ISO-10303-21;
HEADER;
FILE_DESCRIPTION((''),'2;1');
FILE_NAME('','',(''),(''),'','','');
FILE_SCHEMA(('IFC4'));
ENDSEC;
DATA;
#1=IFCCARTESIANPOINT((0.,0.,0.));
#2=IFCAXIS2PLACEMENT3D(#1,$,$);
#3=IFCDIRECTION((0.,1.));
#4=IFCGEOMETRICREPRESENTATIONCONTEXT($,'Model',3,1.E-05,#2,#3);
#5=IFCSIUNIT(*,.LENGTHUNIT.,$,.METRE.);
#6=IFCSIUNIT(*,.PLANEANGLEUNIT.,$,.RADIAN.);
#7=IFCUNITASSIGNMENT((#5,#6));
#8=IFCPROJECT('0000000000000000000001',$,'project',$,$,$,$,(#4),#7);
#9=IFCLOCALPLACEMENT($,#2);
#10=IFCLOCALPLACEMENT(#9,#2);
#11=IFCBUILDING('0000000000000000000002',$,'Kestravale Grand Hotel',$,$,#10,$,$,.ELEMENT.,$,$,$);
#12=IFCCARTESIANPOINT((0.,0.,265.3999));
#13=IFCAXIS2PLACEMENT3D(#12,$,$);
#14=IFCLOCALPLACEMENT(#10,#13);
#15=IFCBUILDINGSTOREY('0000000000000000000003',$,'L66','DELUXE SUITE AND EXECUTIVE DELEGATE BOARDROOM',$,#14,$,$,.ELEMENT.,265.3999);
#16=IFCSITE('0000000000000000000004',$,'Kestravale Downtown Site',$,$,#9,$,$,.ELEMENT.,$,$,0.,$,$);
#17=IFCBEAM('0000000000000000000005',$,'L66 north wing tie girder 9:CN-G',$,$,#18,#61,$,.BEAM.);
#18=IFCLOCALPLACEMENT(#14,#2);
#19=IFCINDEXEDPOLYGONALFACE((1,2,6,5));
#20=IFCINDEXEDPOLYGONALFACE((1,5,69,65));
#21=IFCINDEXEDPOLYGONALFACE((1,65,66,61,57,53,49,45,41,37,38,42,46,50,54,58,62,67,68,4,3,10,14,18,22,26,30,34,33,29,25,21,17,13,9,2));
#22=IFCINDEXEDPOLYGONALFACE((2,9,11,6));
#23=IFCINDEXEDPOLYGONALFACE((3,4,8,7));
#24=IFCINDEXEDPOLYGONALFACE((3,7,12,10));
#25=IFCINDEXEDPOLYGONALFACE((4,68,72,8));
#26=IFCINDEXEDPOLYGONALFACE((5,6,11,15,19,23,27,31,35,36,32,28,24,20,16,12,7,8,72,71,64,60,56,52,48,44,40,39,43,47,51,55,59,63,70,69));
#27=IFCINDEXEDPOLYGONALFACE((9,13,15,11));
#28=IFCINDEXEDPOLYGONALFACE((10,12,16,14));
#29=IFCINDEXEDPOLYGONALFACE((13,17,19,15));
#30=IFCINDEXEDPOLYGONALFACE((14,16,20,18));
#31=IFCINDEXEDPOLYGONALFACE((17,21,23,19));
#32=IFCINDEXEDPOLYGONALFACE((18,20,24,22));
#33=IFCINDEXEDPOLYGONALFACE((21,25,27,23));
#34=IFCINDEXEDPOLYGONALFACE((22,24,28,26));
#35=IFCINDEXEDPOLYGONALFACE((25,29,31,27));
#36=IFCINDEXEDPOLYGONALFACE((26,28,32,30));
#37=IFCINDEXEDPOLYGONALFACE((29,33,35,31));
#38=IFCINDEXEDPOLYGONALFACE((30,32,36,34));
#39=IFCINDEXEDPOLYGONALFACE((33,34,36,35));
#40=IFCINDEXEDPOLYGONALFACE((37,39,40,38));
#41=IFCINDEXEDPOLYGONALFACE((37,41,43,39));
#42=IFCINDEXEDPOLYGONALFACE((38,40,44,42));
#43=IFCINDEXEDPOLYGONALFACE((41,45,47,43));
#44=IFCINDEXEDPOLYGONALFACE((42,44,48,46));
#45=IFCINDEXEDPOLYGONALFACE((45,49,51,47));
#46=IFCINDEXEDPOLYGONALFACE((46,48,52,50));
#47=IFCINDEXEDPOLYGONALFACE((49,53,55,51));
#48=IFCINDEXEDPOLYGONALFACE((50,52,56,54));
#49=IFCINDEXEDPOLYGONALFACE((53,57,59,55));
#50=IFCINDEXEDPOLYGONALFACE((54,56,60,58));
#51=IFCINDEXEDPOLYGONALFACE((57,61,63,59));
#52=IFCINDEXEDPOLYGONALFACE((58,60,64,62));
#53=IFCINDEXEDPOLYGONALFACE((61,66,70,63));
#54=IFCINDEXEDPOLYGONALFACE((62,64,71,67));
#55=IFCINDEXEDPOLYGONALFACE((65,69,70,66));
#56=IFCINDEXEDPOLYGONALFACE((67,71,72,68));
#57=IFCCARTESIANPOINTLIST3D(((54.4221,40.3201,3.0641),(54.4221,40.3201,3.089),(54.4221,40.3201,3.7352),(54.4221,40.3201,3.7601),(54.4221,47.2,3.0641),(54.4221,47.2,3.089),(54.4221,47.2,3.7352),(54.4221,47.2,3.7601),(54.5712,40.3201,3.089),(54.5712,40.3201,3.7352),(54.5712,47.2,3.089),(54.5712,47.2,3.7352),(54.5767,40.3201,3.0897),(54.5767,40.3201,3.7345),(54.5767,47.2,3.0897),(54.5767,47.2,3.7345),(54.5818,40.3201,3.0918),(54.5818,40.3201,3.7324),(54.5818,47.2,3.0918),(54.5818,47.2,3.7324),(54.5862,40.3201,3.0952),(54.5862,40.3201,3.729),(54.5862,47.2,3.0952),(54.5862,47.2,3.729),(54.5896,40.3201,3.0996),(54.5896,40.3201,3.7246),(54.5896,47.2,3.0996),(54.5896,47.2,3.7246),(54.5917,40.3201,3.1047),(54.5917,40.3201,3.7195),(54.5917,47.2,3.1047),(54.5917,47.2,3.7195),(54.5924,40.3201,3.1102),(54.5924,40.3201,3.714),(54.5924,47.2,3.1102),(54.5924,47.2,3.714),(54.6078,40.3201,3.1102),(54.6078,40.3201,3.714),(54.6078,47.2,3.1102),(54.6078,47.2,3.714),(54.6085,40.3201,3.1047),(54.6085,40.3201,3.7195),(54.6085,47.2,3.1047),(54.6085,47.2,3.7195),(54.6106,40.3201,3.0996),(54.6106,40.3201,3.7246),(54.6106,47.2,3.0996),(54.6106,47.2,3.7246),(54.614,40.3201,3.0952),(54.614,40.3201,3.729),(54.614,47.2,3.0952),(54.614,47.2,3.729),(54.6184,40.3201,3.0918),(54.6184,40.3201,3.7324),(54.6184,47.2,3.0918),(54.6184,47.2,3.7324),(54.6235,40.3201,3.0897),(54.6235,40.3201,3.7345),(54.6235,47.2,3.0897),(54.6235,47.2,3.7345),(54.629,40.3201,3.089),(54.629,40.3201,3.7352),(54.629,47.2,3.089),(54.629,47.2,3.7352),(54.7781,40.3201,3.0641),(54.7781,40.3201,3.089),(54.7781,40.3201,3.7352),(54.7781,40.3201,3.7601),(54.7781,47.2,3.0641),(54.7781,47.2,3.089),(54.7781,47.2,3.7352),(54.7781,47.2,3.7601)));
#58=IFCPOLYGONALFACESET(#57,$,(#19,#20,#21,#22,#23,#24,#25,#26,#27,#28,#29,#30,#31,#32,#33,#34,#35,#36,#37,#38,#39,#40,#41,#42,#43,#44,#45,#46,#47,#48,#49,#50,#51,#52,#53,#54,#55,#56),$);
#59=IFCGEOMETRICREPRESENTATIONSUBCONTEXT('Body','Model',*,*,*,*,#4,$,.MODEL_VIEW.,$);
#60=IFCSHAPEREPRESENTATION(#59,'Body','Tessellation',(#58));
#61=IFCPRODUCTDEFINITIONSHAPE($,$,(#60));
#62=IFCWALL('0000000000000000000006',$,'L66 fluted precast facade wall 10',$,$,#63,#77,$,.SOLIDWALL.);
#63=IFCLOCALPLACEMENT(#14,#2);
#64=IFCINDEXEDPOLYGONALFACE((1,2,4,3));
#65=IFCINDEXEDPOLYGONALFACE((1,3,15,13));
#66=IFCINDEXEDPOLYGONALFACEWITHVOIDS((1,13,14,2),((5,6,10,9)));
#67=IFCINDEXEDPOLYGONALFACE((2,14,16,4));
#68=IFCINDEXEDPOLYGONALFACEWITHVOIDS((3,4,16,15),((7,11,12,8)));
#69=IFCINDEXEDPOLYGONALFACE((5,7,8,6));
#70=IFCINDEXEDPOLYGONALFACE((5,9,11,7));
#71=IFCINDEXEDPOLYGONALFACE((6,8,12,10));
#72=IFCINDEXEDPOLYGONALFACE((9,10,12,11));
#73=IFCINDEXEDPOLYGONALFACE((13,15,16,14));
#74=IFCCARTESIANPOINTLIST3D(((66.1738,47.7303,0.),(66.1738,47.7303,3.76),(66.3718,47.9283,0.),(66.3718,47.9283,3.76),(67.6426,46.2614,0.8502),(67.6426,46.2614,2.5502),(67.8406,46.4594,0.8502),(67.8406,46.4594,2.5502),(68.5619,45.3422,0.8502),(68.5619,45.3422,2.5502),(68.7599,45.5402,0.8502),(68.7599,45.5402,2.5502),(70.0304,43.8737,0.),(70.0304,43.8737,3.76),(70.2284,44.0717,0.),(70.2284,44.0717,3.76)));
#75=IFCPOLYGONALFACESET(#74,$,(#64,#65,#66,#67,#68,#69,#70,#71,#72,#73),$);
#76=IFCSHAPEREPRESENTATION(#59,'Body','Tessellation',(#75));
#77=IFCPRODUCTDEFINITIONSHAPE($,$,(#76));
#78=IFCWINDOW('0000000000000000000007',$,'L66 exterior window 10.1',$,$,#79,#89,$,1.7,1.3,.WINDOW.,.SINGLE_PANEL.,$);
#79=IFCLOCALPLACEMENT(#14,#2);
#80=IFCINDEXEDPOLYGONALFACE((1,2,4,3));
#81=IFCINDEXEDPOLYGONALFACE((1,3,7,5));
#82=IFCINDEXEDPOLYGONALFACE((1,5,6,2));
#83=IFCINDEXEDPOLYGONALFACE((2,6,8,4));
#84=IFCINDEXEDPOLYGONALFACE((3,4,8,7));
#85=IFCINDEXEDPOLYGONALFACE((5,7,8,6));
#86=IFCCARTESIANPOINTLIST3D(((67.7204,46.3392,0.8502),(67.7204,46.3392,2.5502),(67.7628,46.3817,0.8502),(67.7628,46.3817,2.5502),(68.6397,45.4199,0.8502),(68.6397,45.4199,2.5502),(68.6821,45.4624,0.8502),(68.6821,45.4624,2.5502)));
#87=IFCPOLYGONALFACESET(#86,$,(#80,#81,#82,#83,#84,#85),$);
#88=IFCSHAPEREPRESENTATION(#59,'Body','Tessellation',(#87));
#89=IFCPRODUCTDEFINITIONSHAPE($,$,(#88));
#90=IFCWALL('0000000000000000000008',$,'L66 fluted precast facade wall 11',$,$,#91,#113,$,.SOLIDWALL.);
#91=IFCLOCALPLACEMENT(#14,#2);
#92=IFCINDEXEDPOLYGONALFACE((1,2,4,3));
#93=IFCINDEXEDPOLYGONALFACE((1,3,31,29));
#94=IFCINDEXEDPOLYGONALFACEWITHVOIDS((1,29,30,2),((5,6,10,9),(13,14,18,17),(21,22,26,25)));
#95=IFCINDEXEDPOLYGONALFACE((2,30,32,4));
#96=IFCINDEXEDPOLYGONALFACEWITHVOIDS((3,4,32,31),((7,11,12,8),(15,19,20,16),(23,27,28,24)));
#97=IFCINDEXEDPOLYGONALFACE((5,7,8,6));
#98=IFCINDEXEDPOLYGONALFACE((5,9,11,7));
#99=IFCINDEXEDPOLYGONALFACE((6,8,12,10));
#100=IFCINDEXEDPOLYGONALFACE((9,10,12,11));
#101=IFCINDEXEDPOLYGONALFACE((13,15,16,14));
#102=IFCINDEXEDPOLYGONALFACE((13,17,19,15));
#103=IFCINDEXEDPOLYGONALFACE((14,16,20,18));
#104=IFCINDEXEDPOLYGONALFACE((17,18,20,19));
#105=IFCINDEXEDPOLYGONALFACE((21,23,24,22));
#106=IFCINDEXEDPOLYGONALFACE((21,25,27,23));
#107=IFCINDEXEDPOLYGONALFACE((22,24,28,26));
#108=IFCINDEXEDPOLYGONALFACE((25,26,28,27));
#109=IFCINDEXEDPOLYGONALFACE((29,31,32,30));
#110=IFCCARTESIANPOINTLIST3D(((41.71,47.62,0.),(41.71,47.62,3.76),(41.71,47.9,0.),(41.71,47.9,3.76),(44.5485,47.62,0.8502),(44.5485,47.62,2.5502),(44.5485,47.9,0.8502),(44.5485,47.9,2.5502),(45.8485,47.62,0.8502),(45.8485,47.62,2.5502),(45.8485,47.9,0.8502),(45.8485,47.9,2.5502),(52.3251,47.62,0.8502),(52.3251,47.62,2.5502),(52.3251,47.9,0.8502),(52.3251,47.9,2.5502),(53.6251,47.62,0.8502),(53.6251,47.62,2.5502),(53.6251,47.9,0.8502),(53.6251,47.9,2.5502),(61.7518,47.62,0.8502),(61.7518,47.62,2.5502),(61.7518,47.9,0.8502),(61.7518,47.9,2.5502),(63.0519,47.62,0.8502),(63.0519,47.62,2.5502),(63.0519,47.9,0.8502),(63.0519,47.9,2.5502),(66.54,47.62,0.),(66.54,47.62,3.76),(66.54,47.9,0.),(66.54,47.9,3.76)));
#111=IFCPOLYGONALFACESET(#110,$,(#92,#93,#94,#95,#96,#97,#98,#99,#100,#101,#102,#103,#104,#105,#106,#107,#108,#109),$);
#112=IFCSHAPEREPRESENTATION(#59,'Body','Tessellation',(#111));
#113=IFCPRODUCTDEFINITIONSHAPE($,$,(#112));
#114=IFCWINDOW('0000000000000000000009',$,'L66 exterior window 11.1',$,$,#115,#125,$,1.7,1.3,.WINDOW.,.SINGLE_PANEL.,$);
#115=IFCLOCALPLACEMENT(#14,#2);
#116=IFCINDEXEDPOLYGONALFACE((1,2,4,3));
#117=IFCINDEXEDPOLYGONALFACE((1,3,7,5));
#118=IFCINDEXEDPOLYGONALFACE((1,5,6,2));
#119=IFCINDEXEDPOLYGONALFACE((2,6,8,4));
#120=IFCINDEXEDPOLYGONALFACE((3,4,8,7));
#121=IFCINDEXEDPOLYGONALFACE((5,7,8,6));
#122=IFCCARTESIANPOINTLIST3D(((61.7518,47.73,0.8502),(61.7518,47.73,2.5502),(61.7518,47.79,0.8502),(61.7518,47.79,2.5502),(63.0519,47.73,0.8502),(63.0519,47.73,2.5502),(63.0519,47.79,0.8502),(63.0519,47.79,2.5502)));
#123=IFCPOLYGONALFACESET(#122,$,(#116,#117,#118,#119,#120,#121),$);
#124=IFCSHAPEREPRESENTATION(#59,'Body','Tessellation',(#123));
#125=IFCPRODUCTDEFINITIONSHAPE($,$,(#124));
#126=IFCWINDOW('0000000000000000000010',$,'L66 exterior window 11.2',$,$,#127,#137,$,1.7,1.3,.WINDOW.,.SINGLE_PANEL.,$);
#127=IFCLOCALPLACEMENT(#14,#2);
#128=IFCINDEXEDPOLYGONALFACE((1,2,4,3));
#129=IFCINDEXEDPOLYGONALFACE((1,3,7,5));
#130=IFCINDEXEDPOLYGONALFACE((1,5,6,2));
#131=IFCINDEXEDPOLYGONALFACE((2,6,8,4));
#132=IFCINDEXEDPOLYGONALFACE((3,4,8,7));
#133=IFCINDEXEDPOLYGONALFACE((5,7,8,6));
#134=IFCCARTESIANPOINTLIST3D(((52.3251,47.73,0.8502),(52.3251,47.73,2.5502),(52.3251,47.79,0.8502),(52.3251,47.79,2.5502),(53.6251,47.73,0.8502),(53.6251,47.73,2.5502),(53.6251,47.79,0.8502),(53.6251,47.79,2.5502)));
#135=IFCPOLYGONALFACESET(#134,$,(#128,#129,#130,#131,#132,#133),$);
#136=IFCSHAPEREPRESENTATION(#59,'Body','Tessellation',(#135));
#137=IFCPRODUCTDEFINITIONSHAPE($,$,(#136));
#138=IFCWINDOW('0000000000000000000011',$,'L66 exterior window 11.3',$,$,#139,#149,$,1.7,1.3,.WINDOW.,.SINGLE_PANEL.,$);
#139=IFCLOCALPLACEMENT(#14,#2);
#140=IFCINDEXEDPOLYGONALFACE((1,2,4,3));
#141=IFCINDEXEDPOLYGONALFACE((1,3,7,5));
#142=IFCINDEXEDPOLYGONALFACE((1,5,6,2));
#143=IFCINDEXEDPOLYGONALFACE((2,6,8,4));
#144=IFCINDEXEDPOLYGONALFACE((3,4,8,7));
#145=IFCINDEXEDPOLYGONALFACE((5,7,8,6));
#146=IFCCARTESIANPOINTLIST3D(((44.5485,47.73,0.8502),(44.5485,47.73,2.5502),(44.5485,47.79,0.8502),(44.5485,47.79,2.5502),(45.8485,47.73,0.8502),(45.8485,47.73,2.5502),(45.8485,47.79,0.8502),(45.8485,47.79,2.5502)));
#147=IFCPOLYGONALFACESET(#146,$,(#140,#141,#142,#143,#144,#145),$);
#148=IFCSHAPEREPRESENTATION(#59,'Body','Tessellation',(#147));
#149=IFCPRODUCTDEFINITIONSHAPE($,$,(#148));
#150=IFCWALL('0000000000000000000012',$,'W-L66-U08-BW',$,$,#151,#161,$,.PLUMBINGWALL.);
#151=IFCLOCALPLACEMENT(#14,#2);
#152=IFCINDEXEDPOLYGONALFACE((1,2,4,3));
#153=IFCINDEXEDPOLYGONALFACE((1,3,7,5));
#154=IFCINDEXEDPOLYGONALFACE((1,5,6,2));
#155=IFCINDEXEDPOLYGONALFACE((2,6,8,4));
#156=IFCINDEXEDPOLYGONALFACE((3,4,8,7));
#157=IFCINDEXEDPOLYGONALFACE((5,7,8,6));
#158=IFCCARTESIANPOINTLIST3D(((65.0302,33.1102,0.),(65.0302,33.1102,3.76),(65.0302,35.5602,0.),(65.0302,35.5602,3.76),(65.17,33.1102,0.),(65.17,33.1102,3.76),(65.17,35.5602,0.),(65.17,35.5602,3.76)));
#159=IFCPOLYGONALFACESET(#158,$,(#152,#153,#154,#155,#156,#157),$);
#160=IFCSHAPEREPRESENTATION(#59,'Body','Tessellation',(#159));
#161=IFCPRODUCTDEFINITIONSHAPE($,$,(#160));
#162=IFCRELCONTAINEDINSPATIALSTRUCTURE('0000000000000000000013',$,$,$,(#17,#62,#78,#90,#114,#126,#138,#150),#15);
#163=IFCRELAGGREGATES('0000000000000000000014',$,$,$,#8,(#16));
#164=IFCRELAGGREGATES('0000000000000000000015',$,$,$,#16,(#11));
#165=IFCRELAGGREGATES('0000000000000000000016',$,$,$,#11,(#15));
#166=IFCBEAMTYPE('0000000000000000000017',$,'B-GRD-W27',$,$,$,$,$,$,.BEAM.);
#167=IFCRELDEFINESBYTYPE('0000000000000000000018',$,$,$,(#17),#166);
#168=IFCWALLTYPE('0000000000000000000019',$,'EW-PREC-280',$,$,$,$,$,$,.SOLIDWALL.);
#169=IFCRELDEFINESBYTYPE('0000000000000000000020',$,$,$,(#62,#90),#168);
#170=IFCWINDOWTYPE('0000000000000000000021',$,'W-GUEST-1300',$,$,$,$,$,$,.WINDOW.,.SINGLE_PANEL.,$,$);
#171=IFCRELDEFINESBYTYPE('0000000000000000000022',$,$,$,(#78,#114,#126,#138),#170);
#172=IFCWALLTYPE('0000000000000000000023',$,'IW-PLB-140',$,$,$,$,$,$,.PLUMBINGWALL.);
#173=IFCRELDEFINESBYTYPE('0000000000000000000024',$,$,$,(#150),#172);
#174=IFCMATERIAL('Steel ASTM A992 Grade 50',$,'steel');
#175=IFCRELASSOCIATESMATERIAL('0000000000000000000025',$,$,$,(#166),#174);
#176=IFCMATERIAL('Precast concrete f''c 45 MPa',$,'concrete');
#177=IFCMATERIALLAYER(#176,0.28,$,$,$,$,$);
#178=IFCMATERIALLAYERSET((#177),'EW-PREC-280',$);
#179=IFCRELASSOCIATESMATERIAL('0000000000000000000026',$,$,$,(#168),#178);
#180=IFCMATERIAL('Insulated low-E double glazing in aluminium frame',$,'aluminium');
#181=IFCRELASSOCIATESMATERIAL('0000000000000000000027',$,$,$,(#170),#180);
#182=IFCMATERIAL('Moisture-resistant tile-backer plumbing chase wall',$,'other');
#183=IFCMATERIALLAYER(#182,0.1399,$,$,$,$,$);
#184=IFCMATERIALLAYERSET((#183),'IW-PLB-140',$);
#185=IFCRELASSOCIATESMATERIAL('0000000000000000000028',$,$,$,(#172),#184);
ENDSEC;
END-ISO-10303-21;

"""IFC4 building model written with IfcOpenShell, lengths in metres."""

from ifc_helpers import new_model, si_unit, direction, frame, frame_2d, origin, origin_2d, place, context, subcontext, project, spatial, rectangle, i_section, extrude, material, layer, layer_set, material_profile, profile_set, type_object, element, fill, save


model = new_model("IFC4")

# Units and contexts
model_context = context("Model", 3, precision=1e-05, world=origin(), true_north=direction((0.0, 1.0)))
body_context = subcontext(model_context, "Body", "Model", "MODEL_VIEW")
ifc_project = project(units=[si_unit("LENGTHUNIT", "METRE"), si_unit("PLANEANGLEUNIT", "RADIAN")], contexts=[model_context])

# Site, building, storey
site_placement = place(None, origin())
site = spatial("IfcSite", under=ifc_project, at=site_placement, Name="Kestravale Downtown Site", CompositionType="ELEMENT", RefElevation=0.0)
building_placement = place(site_placement, origin())
building = spatial("IfcBuilding", under=site, at=building_placement, Name="Kestravale Grand Hotel", CompositionType="ELEMENT")
storey_placement = place(building_placement, frame((0.0, 0.0, 265.3999)))
storey = spatial("IfcBuildingStorey", under=building, at=storey_placement, Name="L66", Description="DELUXE SUITE AND EXECUTIVE DELEGATE BOARDROOM", CompositionType="ELEMENT", Elevation=265.3999)

# Beam
ifc_material_1 = material(Name="Steel ASTM A992 Grade 50", Category="steel")
ifc_material_profile_1 = material_profile(ifc_material_1, i_section(OverallWidth=0.356, OverallDepth=0.696, WebThickness=0.0154, FlangeThickness=0.0249, FilletRadius=0.0212, at=origin_2d()))
ifc_profile_set_1 = profile_set([ifc_material_profile_1], Name="Steel ASTM A992 Grade 50")
beam_type = type_object("IfcBeamType", Name="B-GRD-W27", PredefinedType="BEAM", material=ifc_profile_set_1)
beam_1_placement = place(storey_placement, frame((54.6001, 40.3201, 3.4121), z_axis=(0.0, 1.0, 0.0), x_axis=(-1.0, 0.0, 0.0)))
element("IfcBeam", 1, at=beam_1_placement, inside=storey, type_object=beam_type, Name="L66 north wing tie girder 9:CN-G", PredefinedType="BEAM", context=body_context, shape_type="SweptSolid", body=[
    extrude(i_section(OverallWidth=0.356, OverallDepth=0.696, WebThickness=0.0154, FlangeThickness=0.0249, FilletRadius=0.0212, at=origin_2d()), origin(), (0.0, 0.0, 1.0), 6.8799),
])

# Wall, opening, window
ifc_material_2 = material(Name="Precast concrete f'c 45 MPa", Category="concrete")
ifc_layer_1 = layer(ifc_material_2, 0.28)
ifc_layer_set_1 = layer_set([ifc_layer_1], Name="EW-PREC-280")
wall_type_1 = type_object("IfcWallType", Name="EW-PREC-280", PredefinedType="SOLIDWALL", material=ifc_layer_set_1)
wall_1_placement = place(storey_placement, frame((70.1294, 43.9727, 0.0), z_axis=(0.0, 0.0, 1.0), x_axis=(-0.707107, 0.707107, 0.0)))
wall_1 = element("IfcWall", 2, at=wall_1_placement, inside=storey, type_object=wall_type_1, Name="L66 fluted precast facade wall 10", PredefinedType="SOLIDWALL", context=body_context, shape_type="SweptSolid", body=[
    extrude(rectangle(XDim=5.4541, YDim=0.28, at=frame_2d((2.7271, 0.0))), origin(), (0.0, 0.0, 1.0), 3.76),
])
opening_1_placement = place(wall_1_placement, frame((2.0769, 0.0, 0.8501)))
opening_1 = element("IfcOpeningElement", 3, at=opening_1_placement, cuts=wall_1, PredefinedType="OPENING", context=body_context, shape_type="SweptSolid", body=[
    extrude(rectangle(XDim=1.3, YDim=1.7, at=frame_2d((0.6499, 0.8501))), frame((0.0, 0.1499, 0.0), z_axis=(0.0, -1.0, 0.0), x_axis=(1.0, 0.0, 0.0)), (0.0, 0.0, 1.0), 0.3),
])
ifc_material_3 = material(Name="Insulated low-E double glazing in aluminium frame", Category="aluminium")
window_type = type_object("IfcWindowType", Name="W-GUEST-1300", PartitioningType="SINGLE_PANEL", PredefinedType="WINDOW", material=ifc_material_3)
window_1_placement = place(opening_1_placement, origin())
window_1 = element("IfcWindow", 4, at=window_1_placement, inside=storey, type_object=window_type, Name="L66 exterior window 10.1", OverallHeight=1.7, OverallWidth=1.3, PartitioningType="SINGLE_PANEL", PredefinedType="WINDOW", context=body_context, shape_type="SweptSolid", body=[
    extrude(rectangle(XDim=1.3, YDim=1.7, at=frame_2d((0.6499, 0.8501))), frame((0.0, 0.03, 0.0), z_axis=(0.0, -1.0, 0.0), x_axis=(1.0, 0.0, 0.0)), (0.0, 0.0, 1.0), 0.0601),
])
fill(opening_1, window_1)

# Wall, openings, windows
wall_2_placement = place(storey_placement, frame((66.54, 47.76, 0.0), z_axis=(0.0, 0.0, 1.0), x_axis=(-1.0, 0.0, 0.0)))
wall_2 = element("IfcWall", 5, at=wall_2_placement, inside=storey, type_object=wall_type_1, Name="L66 fluted precast facade wall 11", PredefinedType="SOLIDWALL", context=body_context, shape_type="SweptSolid", body=[
    extrude(rectangle(XDim=24.8301, YDim=0.28, at=frame_2d((12.415, 0.0))), origin(), (0.0, 0.0, 1.0), 3.76),
])
opening_2_placement = place(wall_2_placement, frame((3.4883, 0.0, 0.8501)))
opening_2 = element("IfcOpeningElement", 6, at=opening_2_placement, cuts=wall_2, PredefinedType="OPENING", context=body_context, shape_type="SweptSolid", body=[
    extrude(rectangle(XDim=1.3, YDim=1.7, at=frame_2d((0.6499, 0.8501))), frame((0.0, 0.1499, 0.0), z_axis=(0.0, -1.0, 0.0), x_axis=(1.0, 0.0, 0.0)), (0.0, 0.0, 1.0), 0.3),
])
opening_3_placement = place(wall_2_placement, frame((12.915, 0.0, 0.8501)))
opening_3 = element("IfcOpeningElement", 7, at=opening_3_placement, cuts=wall_2, PredefinedType="OPENING", context=body_context, shape_type="SweptSolid", body=[
    extrude(rectangle(XDim=1.3, YDim=1.7, at=frame_2d((0.6499, 0.8501))), frame((0.0, 0.1499, 0.0), z_axis=(0.0, -1.0, 0.0), x_axis=(1.0, 0.0, 0.0)), (0.0, 0.0, 1.0), 0.3),
])
opening_4_placement = place(wall_2_placement, frame((20.6917, 0.0, 0.8501)))
opening_4 = element("IfcOpeningElement", 8, at=opening_4_placement, cuts=wall_2, PredefinedType="OPENING", context=body_context, shape_type="SweptSolid", body=[
    extrude(rectangle(XDim=1.3, YDim=1.7, at=frame_2d((0.6499, 0.8501))), frame((0.0, 0.1499, 0.0), z_axis=(0.0, -1.0, 0.0), x_axis=(1.0, 0.0, 0.0)), (0.0, 0.0, 1.0), 0.3),
])
window_2_placement = place(opening_2_placement, origin())
window_2 = element("IfcWindow", 9, at=window_2_placement, inside=storey, type_object=window_type, Name="L66 exterior window 11.1", OverallHeight=1.7, OverallWidth=1.3, PartitioningType="SINGLE_PANEL", PredefinedType="WINDOW", context=body_context, shape_type="SweptSolid", body=[
    extrude(rectangle(XDim=1.3, YDim=1.7, at=frame_2d((0.6499, 0.8501))), frame((0.0, 0.03, 0.0), z_axis=(0.0, -1.0, 0.0), x_axis=(1.0, 0.0, 0.0)), (0.0, 0.0, 1.0), 0.0601),
])
fill(opening_2, window_2)
window_3_placement = place(opening_3_placement, origin())
window_3 = element("IfcWindow", 10, at=window_3_placement, inside=storey, type_object=window_type, Name="L66 exterior window 11.2", OverallHeight=1.7, OverallWidth=1.3, PartitioningType="SINGLE_PANEL", PredefinedType="WINDOW", context=body_context, shape_type="SweptSolid", body=[
    extrude(rectangle(XDim=1.3, YDim=1.7, at=frame_2d((0.6499, 0.8501))), frame((0.0, 0.03, 0.0), z_axis=(0.0, -1.0, 0.0), x_axis=(1.0, 0.0, 0.0)), (0.0, 0.0, 1.0), 0.0601),
])
fill(opening_3, window_3)
window_4_placement = place(opening_4_placement, origin())
window_4 = element("IfcWindow", 11, at=window_4_placement, inside=storey, type_object=window_type, Name="L66 exterior window 11.3", OverallHeight=1.7, OverallWidth=1.3, PartitioningType="SINGLE_PANEL", PredefinedType="WINDOW", context=body_context, shape_type="SweptSolid", body=[
    extrude(rectangle(XDim=1.3, YDim=1.7, at=frame_2d((0.6499, 0.8501))), frame((0.0, 0.03, 0.0), z_axis=(0.0, -1.0, 0.0), x_axis=(1.0, 0.0, 0.0)), (0.0, 0.0, 1.0), 0.0601),
])
fill(opening_4, window_4)

# Wall
ifc_material_4 = material(Name="Moisture-resistant tile-backer plumbing chase wall", Category="other")
ifc_layer_2 = layer(ifc_material_4, 0.1399)
ifc_layer_set_2 = layer_set([ifc_layer_2], Name="IW-PLB-140")
wall_type_2 = type_object("IfcWallType", Name="IW-PLB-140", PredefinedType="PLUMBINGWALL", material=ifc_layer_set_2)
wall_3_placement = place(storey_placement, frame((65.1001, 33.1101, 0.0), z_axis=(0.0, 0.0, 1.0), x_axis=(0.0, 1.0, 0.0)))
element("IfcWall", 12, at=wall_3_placement, inside=storey, type_object=wall_type_2, Name="W-L66-U08-BW", PredefinedType="PLUMBINGWALL", context=body_context, shape_type="SweptSolid", body=[
    extrude(rectangle(XDim=2.45, YDim=0.1399, at=frame_2d((1.2251, 0.0))), origin(), (0.0, 0.0, 1.0), 3.76),
])

save(model, "model.ifc")
